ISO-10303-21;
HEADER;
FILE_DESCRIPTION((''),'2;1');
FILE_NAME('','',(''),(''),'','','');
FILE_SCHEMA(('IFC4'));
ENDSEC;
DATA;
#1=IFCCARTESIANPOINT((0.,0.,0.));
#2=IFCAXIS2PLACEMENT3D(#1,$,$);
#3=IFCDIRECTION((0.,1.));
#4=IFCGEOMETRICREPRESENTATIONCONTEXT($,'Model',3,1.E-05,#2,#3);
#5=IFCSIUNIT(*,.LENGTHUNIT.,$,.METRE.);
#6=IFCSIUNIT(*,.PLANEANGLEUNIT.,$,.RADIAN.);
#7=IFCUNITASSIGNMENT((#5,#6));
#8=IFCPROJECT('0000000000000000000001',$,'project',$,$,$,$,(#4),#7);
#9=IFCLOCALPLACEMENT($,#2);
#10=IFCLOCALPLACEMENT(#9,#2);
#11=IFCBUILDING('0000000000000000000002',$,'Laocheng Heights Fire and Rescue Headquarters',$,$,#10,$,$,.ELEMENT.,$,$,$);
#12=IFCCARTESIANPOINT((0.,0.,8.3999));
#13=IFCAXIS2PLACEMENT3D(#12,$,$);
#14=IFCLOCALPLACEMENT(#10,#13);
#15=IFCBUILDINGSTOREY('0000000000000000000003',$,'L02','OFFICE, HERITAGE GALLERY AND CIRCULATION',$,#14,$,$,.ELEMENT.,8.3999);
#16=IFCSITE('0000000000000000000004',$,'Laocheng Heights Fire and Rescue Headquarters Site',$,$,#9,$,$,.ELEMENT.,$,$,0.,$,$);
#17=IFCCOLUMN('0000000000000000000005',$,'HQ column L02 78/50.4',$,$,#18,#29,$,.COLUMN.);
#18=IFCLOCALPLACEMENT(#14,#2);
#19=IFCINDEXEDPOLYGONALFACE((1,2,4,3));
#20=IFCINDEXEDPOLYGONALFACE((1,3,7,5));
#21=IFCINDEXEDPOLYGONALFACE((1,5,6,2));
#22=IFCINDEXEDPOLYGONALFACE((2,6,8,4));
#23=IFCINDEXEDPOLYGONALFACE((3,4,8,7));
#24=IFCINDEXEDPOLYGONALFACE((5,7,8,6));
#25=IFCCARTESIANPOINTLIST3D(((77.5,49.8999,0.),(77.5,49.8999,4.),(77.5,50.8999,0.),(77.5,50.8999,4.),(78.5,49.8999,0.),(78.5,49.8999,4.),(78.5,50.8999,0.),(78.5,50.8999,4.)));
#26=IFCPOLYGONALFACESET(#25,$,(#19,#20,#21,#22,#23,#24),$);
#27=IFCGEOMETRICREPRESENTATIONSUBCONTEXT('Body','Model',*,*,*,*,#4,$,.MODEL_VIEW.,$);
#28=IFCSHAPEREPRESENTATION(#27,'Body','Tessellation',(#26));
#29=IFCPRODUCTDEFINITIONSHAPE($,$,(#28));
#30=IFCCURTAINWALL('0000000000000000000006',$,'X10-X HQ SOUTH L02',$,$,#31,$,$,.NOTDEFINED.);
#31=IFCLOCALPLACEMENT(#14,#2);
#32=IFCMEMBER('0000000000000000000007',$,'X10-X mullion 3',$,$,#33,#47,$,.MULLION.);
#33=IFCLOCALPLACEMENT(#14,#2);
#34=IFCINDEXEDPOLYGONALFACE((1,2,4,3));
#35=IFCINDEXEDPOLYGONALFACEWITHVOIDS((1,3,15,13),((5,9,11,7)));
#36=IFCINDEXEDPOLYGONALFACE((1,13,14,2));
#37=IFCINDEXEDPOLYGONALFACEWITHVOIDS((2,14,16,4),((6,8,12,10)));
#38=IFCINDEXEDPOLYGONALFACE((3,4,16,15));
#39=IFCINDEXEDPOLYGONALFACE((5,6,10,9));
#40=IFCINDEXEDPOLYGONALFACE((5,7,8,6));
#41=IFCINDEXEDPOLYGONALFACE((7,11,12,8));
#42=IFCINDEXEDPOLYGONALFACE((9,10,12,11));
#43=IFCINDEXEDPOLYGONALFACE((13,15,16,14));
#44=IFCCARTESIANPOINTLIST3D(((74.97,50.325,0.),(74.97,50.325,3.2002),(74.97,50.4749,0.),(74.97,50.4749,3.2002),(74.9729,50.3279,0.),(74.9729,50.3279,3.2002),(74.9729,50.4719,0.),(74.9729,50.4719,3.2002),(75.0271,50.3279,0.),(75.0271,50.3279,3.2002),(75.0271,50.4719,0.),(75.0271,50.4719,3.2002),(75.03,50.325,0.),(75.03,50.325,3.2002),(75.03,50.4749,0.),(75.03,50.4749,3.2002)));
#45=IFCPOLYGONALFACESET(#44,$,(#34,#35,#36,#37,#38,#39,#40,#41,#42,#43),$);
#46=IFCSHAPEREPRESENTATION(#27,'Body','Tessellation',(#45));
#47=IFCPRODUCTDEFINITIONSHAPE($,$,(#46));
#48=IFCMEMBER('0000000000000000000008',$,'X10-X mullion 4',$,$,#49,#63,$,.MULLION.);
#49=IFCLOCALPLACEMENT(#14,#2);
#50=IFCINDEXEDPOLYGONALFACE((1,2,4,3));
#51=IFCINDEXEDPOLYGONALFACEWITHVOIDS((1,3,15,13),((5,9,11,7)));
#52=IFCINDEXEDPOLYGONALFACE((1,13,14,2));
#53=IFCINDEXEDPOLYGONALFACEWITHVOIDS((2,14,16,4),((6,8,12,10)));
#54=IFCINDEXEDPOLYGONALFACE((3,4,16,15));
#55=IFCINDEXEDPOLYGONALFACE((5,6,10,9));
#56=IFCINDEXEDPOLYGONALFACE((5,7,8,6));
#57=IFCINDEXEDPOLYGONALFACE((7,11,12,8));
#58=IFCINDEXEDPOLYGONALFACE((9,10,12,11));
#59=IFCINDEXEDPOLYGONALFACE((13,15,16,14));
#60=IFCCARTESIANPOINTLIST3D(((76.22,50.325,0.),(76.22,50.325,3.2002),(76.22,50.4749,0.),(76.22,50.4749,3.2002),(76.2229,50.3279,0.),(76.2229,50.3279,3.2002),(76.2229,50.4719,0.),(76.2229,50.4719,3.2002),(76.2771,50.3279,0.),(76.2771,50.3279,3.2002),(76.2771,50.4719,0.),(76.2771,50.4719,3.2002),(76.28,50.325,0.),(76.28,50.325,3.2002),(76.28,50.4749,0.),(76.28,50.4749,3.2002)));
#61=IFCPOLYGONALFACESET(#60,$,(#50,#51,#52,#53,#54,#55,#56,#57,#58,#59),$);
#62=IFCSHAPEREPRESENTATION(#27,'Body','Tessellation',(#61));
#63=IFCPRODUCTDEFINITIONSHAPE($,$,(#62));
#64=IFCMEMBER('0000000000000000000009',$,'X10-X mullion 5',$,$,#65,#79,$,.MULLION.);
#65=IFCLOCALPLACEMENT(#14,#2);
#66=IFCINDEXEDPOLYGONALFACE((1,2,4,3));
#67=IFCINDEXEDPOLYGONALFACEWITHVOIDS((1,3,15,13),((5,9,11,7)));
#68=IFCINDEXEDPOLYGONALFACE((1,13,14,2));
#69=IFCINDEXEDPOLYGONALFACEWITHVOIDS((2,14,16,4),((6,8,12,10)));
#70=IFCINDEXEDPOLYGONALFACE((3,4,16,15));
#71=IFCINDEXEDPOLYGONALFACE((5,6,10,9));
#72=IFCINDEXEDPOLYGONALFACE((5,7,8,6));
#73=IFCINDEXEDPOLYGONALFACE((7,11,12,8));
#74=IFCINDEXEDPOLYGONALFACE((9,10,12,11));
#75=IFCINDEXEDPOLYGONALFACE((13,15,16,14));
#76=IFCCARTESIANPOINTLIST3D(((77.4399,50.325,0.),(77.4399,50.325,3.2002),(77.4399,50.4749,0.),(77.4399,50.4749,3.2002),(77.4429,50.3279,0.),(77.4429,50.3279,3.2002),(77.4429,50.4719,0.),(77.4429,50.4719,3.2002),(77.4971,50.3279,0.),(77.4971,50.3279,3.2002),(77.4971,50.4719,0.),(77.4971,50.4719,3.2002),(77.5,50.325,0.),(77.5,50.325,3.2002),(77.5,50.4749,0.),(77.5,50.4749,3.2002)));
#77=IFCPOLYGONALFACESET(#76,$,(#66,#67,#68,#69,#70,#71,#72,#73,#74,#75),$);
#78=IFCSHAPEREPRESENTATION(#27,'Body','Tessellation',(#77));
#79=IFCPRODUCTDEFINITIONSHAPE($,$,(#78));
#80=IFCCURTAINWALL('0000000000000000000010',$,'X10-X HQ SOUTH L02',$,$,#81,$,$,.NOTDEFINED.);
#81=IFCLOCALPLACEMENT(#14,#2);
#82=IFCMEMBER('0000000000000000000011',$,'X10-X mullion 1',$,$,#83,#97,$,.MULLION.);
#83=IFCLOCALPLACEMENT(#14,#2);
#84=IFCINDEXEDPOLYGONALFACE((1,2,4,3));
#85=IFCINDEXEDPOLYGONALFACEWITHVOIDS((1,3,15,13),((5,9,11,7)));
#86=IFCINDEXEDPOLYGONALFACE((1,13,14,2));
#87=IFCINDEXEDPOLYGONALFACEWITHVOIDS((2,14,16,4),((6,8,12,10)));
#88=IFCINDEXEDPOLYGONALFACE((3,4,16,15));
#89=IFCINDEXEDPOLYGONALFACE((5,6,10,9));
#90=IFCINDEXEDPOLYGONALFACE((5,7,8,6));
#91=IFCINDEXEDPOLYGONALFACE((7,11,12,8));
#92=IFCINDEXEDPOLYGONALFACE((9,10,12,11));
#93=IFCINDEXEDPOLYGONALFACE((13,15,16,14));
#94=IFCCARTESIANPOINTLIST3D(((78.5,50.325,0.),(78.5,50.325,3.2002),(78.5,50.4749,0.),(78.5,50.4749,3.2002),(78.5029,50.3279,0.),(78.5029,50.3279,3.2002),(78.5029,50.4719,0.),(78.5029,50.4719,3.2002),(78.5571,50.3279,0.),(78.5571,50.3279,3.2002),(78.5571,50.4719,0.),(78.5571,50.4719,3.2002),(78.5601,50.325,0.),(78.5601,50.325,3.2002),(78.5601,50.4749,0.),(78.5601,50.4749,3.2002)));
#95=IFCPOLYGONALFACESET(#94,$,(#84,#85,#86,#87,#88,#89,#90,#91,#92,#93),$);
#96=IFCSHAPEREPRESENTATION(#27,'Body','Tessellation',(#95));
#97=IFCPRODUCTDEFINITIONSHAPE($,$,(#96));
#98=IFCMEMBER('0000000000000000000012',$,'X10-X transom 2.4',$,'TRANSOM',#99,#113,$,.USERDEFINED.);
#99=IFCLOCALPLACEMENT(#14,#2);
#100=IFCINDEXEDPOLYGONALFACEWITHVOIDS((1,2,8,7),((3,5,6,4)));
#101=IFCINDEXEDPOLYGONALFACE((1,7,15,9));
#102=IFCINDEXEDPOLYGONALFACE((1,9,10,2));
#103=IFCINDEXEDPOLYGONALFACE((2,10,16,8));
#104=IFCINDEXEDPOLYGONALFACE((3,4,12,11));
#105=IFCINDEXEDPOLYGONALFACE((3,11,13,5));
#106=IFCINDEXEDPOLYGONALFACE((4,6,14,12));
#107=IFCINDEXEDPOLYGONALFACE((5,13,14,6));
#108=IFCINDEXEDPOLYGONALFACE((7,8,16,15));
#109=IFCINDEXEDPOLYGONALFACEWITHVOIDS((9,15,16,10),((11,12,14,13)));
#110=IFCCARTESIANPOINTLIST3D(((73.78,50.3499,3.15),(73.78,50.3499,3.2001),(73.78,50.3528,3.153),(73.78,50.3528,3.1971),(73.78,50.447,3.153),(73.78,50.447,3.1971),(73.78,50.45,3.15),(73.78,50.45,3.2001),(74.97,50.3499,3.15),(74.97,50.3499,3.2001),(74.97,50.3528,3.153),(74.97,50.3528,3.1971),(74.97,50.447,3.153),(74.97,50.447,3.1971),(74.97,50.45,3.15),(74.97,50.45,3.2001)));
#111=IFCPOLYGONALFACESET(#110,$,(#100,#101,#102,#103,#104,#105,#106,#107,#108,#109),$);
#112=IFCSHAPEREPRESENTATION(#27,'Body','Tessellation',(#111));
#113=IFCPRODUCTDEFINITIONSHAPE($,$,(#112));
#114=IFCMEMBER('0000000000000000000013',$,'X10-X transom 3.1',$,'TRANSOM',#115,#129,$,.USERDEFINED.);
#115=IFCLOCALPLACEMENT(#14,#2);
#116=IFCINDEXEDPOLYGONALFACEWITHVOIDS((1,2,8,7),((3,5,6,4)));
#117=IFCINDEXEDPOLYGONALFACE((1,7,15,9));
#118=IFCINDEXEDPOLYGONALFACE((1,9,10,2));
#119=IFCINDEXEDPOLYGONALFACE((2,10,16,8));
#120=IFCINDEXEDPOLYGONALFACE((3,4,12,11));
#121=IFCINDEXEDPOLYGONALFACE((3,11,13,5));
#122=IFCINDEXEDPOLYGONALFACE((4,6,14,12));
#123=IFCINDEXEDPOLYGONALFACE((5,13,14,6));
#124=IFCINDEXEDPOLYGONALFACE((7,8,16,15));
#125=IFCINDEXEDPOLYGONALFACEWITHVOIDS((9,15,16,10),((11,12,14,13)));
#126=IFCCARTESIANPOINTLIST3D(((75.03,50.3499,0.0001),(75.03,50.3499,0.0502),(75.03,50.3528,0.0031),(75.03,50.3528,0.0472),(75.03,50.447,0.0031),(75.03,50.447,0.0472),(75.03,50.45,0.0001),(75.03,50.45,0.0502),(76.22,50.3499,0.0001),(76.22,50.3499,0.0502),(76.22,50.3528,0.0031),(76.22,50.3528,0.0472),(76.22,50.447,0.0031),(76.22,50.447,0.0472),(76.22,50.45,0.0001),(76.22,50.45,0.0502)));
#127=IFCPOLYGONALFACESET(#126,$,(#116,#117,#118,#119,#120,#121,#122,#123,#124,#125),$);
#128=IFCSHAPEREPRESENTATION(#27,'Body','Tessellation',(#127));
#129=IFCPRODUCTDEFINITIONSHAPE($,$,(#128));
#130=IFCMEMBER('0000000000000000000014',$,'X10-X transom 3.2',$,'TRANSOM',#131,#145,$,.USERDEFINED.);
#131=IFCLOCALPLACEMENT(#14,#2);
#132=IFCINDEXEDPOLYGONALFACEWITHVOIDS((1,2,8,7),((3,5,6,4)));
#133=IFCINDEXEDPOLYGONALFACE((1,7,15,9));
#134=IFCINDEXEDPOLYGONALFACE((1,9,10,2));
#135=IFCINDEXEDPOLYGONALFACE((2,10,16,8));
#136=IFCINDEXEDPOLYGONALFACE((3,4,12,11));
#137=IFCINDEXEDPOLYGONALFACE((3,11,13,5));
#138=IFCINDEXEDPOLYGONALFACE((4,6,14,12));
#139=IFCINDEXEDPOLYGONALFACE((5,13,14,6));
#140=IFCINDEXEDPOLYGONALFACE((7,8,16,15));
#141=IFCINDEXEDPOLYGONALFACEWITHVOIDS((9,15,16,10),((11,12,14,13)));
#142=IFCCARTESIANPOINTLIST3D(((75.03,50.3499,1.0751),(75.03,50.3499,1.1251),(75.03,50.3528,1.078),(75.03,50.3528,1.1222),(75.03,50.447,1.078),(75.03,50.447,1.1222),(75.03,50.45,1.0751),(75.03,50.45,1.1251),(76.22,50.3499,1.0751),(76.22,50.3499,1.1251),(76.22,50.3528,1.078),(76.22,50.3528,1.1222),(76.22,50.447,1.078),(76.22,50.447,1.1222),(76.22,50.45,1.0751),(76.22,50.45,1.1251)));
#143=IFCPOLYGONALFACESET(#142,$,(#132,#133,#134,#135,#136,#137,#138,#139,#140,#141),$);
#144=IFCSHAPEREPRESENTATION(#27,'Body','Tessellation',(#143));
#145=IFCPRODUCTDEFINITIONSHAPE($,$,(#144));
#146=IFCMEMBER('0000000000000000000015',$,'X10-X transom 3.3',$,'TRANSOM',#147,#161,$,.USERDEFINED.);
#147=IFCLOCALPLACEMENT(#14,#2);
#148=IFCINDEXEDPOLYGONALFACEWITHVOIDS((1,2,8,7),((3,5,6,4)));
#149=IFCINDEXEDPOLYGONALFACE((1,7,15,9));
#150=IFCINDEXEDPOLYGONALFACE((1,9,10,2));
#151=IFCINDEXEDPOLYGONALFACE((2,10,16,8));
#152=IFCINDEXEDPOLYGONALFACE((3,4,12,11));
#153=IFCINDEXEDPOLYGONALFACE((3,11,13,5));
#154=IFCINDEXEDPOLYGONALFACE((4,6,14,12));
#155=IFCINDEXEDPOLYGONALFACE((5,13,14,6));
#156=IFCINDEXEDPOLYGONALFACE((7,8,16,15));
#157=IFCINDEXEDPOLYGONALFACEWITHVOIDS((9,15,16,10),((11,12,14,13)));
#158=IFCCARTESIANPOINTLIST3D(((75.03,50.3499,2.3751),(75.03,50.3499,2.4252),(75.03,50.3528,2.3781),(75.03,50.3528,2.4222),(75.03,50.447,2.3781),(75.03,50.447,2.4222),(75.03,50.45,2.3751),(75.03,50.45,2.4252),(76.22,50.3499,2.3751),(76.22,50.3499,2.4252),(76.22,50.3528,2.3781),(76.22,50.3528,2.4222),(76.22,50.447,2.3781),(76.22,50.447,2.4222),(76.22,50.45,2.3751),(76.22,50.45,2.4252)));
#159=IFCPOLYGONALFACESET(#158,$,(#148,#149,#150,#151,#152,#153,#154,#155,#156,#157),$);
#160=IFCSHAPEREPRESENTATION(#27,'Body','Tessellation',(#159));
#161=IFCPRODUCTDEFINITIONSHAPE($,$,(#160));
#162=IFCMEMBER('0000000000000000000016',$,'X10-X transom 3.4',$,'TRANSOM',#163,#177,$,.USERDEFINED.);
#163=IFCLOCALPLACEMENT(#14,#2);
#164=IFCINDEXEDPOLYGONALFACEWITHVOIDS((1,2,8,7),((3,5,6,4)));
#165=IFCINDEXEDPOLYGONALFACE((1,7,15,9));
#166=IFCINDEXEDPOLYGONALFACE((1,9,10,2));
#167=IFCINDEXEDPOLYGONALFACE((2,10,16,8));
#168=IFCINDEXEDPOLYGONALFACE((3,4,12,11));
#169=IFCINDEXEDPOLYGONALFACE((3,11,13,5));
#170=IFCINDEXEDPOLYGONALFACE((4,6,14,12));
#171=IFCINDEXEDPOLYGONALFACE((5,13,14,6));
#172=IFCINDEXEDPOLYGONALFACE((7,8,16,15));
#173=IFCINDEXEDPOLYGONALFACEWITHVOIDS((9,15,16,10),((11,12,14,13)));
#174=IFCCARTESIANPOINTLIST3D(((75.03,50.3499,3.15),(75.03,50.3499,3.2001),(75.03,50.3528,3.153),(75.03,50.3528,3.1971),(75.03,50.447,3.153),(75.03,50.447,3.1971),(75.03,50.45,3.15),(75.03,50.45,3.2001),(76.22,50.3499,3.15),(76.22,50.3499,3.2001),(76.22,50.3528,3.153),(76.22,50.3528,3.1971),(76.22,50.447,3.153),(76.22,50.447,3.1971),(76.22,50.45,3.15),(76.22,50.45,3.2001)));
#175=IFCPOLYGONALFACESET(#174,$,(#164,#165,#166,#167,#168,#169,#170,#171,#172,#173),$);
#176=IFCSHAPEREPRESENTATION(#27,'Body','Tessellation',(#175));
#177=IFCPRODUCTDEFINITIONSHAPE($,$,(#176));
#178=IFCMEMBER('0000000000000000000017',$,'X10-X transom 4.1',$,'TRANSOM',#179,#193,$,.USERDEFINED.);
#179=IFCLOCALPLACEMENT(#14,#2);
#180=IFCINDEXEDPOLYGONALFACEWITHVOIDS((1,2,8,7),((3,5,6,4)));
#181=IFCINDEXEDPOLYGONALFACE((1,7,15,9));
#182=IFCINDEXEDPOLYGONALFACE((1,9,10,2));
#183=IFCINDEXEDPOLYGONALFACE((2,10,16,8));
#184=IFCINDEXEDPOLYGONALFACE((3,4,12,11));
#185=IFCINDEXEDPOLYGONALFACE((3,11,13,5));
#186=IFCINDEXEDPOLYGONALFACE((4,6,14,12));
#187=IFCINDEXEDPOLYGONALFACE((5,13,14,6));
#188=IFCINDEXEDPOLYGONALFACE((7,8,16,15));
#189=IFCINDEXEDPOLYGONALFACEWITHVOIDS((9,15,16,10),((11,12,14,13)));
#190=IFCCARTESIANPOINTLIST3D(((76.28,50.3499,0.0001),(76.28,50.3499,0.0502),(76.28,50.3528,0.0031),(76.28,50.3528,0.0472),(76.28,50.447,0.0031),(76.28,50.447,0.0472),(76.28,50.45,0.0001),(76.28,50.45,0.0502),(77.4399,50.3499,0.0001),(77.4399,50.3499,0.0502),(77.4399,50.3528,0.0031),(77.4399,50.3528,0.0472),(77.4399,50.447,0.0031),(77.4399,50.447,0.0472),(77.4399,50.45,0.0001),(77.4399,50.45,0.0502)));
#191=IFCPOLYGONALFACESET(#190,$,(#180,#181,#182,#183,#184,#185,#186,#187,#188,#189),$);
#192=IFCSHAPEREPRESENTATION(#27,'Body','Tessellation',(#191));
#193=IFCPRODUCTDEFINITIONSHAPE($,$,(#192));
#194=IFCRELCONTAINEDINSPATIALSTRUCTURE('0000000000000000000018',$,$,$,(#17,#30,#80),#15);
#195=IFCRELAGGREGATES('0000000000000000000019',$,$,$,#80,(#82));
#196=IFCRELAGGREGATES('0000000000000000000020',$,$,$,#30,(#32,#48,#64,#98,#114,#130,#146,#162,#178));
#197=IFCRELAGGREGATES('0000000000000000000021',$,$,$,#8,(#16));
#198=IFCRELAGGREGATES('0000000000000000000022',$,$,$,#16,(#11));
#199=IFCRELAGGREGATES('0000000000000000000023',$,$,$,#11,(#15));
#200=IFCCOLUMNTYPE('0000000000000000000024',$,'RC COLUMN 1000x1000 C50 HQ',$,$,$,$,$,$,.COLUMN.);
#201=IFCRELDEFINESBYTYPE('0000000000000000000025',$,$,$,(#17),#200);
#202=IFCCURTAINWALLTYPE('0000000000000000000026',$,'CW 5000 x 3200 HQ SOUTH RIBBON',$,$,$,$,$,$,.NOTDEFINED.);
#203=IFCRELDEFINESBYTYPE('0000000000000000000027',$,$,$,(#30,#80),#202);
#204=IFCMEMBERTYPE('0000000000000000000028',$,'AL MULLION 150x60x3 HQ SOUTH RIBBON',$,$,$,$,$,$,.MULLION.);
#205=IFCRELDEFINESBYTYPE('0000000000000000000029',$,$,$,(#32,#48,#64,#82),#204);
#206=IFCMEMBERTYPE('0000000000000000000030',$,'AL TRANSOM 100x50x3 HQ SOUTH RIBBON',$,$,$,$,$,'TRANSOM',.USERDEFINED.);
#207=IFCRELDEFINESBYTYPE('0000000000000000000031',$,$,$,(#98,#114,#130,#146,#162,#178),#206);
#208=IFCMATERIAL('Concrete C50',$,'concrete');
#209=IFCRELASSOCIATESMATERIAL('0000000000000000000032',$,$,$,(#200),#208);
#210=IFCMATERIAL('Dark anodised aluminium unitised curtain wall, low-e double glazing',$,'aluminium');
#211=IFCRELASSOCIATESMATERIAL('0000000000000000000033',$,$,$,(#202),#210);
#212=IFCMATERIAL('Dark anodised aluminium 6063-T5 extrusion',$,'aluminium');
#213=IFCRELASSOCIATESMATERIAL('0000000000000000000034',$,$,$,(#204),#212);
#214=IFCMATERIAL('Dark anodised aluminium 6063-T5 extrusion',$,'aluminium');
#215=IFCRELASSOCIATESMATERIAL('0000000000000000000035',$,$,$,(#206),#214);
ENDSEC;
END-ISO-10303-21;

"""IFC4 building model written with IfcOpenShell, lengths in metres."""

from ifc_helpers import new_model, si_unit, direction, frame, origin, origin_2d, place, context, subcontext, project, spatial, rectangle, hollow_rectangle, extrude, material, material_profile, profile_set, type_object, element, aggregate, save


model = new_model("IFC4")

# Units and contexts
model_context = context("Model", 3, precision=1e-05, world=origin(), true_north=direction((0.0, 1.0)))
body_context = subcontext(model_context, "Body", "Model", "MODEL_VIEW")
ifc_project = project(units=[si_unit("LENGTHUNIT", "METRE"), si_unit("PLANEANGLEUNIT", "RADIAN")], contexts=[model_context])

# Site, building, storey
site_placement = place(None, origin())
site = spatial("IfcSite", under=ifc_project, at=site_placement, Name="Laocheng Heights Fire and Rescue Headquarters Site", CompositionType="ELEMENT", RefElevation=0.0)
building_placement = place(site_placement, origin())
building = spatial("IfcBuilding", under=site, at=building_placement, Name="Laocheng Heights Fire and Rescue Headquarters", CompositionType="ELEMENT")
storey_placement = place(building_placement, frame((0.0, 0.0, 8.3999)))
storey = spatial("IfcBuildingStorey", under=building, at=storey_placement, Name="L02", Description="OFFICE, HERITAGE GALLERY AND CIRCULATION", CompositionType="ELEMENT", Elevation=8.3999)

# Column
ifc_material_1 = material(Name="Concrete C50", Category="concrete")
ifc_material_profile_1 = material_profile(ifc_material_1, rectangle(XDim=1.0, YDim=1.0, at=origin_2d()), Name="RC COLUMN 1000x1000 C50 HQ")
ifc_profile_set_1 = profile_set([ifc_material_profile_1], Name="Concrete C50")
column_type = type_object("IfcColumnType", Name="RC COLUMN 1000x1000 C50 HQ", PredefinedType="COLUMN", material=ifc_profile_set_1)
column_placement = place(storey_placement, frame((78.0, 50.3999, 0.0), z_axis=(0.0, 0.0, 1.0), x_axis=(1.0, 0.0, 0.0)))
element("IfcColumn", 1, at=column_placement, inside=storey, type_object=column_type, Name="HQ column L02 78/50.4", PredefinedType="COLUMN", context=body_context, shape_type="SweptSolid", body=[
    extrude(rectangle(XDim=1.0, YDim=1.0, at=origin_2d()), origin(), (0.0, 0.0, 1.0), 4.0),
])

# Curtain wall, members
ifc_material_2 = material(Name="Dark anodised aluminium unitised curtain wall, low-e double glazing", Category="aluminium")
curtain_wall_type = type_object("IfcCurtainWallType", Name="CW 5000 x 3200 HQ SOUTH RIBBON", PredefinedType="NOTDEFINED", material=ifc_material_2)
curtain_wall_1_placement = place(storey_placement, origin())
curtain_wall_1 = element("IfcCurtainWall", 2, at=curtain_wall_1_placement, inside=storey, type_object=curtain_wall_type, Name="X10-X HQ SOUTH L02", PredefinedType="NOTDEFINED")
ifc_material_3 = material(Name="Dark anodised aluminium 6063-T5 extrusion", Category="aluminium")
ifc_material_profile_2 = material_profile(ifc_material_3, hollow_rectangle(XDim=0.1499, YDim=0.0601, WallThickness=0.0029, at=origin_2d()), Name="AL MULLION 150x60x3 HQ SOUTH RIBBON")
ifc_profile_set_2 = profile_set([ifc_material_profile_2], Name="Dark anodised aluminium 6063-T5 extrusion")
member_type_1 = type_object("IfcMemberType", Name="AL MULLION 150x60x3 HQ SOUTH RIBBON", PredefinedType="MULLION", material=ifc_profile_set_2)
member_1_placement = place(storey_placement, frame((75.0, 50.3999, 0.0), z_axis=(0.0, 0.0, 1.0), x_axis=(0.0, 1.0, 0.0)))
member_1 = element("IfcMember", 3, at=member_1_placement, type_object=member_type_1, Name="X10-X mullion 3", PredefinedType="MULLION", context=body_context, shape_type="SweptSolid", body=[
    extrude(hollow_rectangle(XDim=0.1499, YDim=0.0601, WallThickness=0.0029, at=origin_2d()), origin(), (0.0, 0.0, 1.0), 3.2002),
])
member_2_placement = place(storey_placement, frame((76.25, 50.3999, 0.0), z_axis=(0.0, 0.0, 1.0), x_axis=(0.0, 1.0, 0.0)))
member_2 = element("IfcMember", 4, at=member_2_placement, type_object=member_type_1, Name="X10-X mullion 4", PredefinedType="MULLION", context=body_context, shape_type="SweptSolid", body=[
    extrude(hollow_rectangle(XDim=0.1499, YDim=0.0601, WallThickness=0.0029, at=origin_2d()), origin(), (0.0, 0.0, 1.0), 3.2002),
])
member_3_placement = place(storey_placement, frame((77.47, 50.3999, 0.0), z_axis=(0.0, 0.0, 1.0), x_axis=(0.0, 1.0, 0.0)))
member_3 = element("IfcMember", 5, at=member_3_placement, type_object=member_type_1, Name="X10-X mullion 5", PredefinedType="MULLION", context=body_context, shape_type="SweptSolid", body=[
    extrude(hollow_rectangle(XDim=0.1499, YDim=0.0601, WallThickness=0.0029, at=origin_2d()), origin(), (0.0, 0.0, 1.0), 3.2002),
])

# Curtain wall, member
curtain_wall_2_placement = place(storey_placement, origin())
curtain_wall_2 = element("IfcCurtainWall", 6, at=curtain_wall_2_placement, inside=storey, type_object=curtain_wall_type, Name="X10-X HQ SOUTH L02", PredefinedType="NOTDEFINED")
member_4_placement = place(storey_placement, frame((78.53, 50.3999, 0.0), z_axis=(0.0, 0.0, 1.0), x_axis=(0.0, 1.0, 0.0)))
member_4 = element("IfcMember", 7, at=member_4_placement, type_object=member_type_1, Name="X10-X mullion 1", PredefinedType="MULLION", context=body_context, shape_type="SweptSolid", body=[
    extrude(hollow_rectangle(XDim=0.1499, YDim=0.0601, WallThickness=0.0029, at=origin_2d()), origin(), (0.0, 0.0, 1.0), 3.2002),
])

# Members
ifc_material_4 = material(Name="Dark anodised aluminium 6063-T5 extrusion", Category="aluminium")
ifc_material_profile_3 = material_profile(ifc_material_4, hollow_rectangle(XDim=0.1001, YDim=0.05, WallThickness=0.0029, at=origin_2d()), Name="AL TRANSOM 100x50x3 HQ SOUTH RIBBON")
ifc_profile_set_3 = profile_set([ifc_material_profile_3], Name="Dark anodised aluminium 6063-T5 extrusion")
member_type_2 = type_object("IfcMemberType", Name="AL TRANSOM 100x50x3 HQ SOUTH RIBBON", ElementType="TRANSOM", PredefinedType="USERDEFINED", material=ifc_profile_set_3)
member_5_placement = place(storey_placement, frame((73.78, 50.3999, 3.175), z_axis=(1.0, 0.0, 0.0), x_axis=(0.0, 1.0, 0.0)))
member_5 = element("IfcMember", 8, at=member_5_placement, type_object=member_type_2, Name="X10-X transom 2.4", ObjectType="TRANSOM", PredefinedType="USERDEFINED", context=body_context, shape_type="SweptSolid", body=[
    extrude(hollow_rectangle(XDim=0.1001, YDim=0.05, WallThickness=0.0029, at=origin_2d()), origin(), (0.0, 0.0, 1.0), 1.1899),
])
member_6_placement = place(storey_placement, frame((75.03, 50.3999, 0.0251), z_axis=(1.0, 0.0, 0.0), x_axis=(0.0, 1.0, 0.0)))
member_6 = element("IfcMember", 9, at=member_6_placement, type_object=member_type_2, Name="X10-X transom 3.1", ObjectType="TRANSOM", PredefinedType="USERDEFINED", context=body_context, shape_type="SweptSolid", body=[
    extrude(hollow_rectangle(XDim=0.1001, YDim=0.05, WallThickness=0.0029, at=origin_2d()), origin(), (0.0, 0.0, 1.0), 1.1899),
])
member_7_placement = place(storey_placement, frame((75.03, 50.3999, 1.1001), z_axis=(1.0, 0.0, 0.0), x_axis=(0.0, 1.0, 0.0)))
member_7 = element("IfcMember", 10, at=member_7_placement, type_object=member_type_2, Name="X10-X transom 3.2", ObjectType="TRANSOM", PredefinedType="USERDEFINED", context=body_context, shape_type="SweptSolid", body=[
    extrude(hollow_rectangle(XDim=0.1001, YDim=0.05, WallThickness=0.0029, at=origin_2d()), origin(), (0.0, 0.0, 1.0), 1.1899),
])
member_8_placement = place(storey_placement, frame((75.03, 50.3999, 2.4001), z_axis=(1.0, 0.0, 0.0), x_axis=(0.0, 1.0, 0.0)))
member_8 = element("IfcMember", 11, at=member_8_placement, type_object=member_type_2, Name="X10-X transom 3.3", ObjectType="TRANSOM", PredefinedType="USERDEFINED", context=body_context, shape_type="SweptSolid", body=[
    extrude(hollow_rectangle(XDim=0.1001, YDim=0.05, WallThickness=0.0029, at=origin_2d()), origin(), (0.0, 0.0, 1.0), 1.1899),
])
member_9_placement = place(storey_placement, frame((75.03, 50.3999, 3.175), z_axis=(1.0, 0.0, 0.0), x_axis=(0.0, 1.0, 0.0)))
member_9 = element("IfcMember", 12, at=member_9_placement, type_object=member_type_2, Name="X10-X transom 3.4", ObjectType="TRANSOM", PredefinedType="USERDEFINED", context=body_context, shape_type="SweptSolid", body=[
    extrude(hollow_rectangle(XDim=0.1001, YDim=0.05, WallThickness=0.0029, at=origin_2d()), origin(), (0.0, 0.0, 1.0), 1.1899),
])
member_10_placement = place(storey_placement, frame((76.28, 50.3999, 0.0251), z_axis=(1.0, 0.0, 0.0), x_axis=(0.0, 1.0, 0.0)))
member_10 = element("IfcMember", 13, at=member_10_placement, type_object=member_type_2, Name="X10-X transom 4.1", ObjectType="TRANSOM", PredefinedType="USERDEFINED", context=body_context, shape_type="SweptSolid", body=[
    extrude(hollow_rectangle(XDim=0.1001, YDim=0.05, WallThickness=0.0029, at=origin_2d()), origin(), (0.0, 0.0, 1.0), 1.1599),
])
aggregate(curtain_wall_2, [member_4])

aggregate(curtain_wall_1, [member_1, member_2, member_3, member_5, member_6, member_7, member_8, member_9, member_10])

save(model, "model.ifc")
